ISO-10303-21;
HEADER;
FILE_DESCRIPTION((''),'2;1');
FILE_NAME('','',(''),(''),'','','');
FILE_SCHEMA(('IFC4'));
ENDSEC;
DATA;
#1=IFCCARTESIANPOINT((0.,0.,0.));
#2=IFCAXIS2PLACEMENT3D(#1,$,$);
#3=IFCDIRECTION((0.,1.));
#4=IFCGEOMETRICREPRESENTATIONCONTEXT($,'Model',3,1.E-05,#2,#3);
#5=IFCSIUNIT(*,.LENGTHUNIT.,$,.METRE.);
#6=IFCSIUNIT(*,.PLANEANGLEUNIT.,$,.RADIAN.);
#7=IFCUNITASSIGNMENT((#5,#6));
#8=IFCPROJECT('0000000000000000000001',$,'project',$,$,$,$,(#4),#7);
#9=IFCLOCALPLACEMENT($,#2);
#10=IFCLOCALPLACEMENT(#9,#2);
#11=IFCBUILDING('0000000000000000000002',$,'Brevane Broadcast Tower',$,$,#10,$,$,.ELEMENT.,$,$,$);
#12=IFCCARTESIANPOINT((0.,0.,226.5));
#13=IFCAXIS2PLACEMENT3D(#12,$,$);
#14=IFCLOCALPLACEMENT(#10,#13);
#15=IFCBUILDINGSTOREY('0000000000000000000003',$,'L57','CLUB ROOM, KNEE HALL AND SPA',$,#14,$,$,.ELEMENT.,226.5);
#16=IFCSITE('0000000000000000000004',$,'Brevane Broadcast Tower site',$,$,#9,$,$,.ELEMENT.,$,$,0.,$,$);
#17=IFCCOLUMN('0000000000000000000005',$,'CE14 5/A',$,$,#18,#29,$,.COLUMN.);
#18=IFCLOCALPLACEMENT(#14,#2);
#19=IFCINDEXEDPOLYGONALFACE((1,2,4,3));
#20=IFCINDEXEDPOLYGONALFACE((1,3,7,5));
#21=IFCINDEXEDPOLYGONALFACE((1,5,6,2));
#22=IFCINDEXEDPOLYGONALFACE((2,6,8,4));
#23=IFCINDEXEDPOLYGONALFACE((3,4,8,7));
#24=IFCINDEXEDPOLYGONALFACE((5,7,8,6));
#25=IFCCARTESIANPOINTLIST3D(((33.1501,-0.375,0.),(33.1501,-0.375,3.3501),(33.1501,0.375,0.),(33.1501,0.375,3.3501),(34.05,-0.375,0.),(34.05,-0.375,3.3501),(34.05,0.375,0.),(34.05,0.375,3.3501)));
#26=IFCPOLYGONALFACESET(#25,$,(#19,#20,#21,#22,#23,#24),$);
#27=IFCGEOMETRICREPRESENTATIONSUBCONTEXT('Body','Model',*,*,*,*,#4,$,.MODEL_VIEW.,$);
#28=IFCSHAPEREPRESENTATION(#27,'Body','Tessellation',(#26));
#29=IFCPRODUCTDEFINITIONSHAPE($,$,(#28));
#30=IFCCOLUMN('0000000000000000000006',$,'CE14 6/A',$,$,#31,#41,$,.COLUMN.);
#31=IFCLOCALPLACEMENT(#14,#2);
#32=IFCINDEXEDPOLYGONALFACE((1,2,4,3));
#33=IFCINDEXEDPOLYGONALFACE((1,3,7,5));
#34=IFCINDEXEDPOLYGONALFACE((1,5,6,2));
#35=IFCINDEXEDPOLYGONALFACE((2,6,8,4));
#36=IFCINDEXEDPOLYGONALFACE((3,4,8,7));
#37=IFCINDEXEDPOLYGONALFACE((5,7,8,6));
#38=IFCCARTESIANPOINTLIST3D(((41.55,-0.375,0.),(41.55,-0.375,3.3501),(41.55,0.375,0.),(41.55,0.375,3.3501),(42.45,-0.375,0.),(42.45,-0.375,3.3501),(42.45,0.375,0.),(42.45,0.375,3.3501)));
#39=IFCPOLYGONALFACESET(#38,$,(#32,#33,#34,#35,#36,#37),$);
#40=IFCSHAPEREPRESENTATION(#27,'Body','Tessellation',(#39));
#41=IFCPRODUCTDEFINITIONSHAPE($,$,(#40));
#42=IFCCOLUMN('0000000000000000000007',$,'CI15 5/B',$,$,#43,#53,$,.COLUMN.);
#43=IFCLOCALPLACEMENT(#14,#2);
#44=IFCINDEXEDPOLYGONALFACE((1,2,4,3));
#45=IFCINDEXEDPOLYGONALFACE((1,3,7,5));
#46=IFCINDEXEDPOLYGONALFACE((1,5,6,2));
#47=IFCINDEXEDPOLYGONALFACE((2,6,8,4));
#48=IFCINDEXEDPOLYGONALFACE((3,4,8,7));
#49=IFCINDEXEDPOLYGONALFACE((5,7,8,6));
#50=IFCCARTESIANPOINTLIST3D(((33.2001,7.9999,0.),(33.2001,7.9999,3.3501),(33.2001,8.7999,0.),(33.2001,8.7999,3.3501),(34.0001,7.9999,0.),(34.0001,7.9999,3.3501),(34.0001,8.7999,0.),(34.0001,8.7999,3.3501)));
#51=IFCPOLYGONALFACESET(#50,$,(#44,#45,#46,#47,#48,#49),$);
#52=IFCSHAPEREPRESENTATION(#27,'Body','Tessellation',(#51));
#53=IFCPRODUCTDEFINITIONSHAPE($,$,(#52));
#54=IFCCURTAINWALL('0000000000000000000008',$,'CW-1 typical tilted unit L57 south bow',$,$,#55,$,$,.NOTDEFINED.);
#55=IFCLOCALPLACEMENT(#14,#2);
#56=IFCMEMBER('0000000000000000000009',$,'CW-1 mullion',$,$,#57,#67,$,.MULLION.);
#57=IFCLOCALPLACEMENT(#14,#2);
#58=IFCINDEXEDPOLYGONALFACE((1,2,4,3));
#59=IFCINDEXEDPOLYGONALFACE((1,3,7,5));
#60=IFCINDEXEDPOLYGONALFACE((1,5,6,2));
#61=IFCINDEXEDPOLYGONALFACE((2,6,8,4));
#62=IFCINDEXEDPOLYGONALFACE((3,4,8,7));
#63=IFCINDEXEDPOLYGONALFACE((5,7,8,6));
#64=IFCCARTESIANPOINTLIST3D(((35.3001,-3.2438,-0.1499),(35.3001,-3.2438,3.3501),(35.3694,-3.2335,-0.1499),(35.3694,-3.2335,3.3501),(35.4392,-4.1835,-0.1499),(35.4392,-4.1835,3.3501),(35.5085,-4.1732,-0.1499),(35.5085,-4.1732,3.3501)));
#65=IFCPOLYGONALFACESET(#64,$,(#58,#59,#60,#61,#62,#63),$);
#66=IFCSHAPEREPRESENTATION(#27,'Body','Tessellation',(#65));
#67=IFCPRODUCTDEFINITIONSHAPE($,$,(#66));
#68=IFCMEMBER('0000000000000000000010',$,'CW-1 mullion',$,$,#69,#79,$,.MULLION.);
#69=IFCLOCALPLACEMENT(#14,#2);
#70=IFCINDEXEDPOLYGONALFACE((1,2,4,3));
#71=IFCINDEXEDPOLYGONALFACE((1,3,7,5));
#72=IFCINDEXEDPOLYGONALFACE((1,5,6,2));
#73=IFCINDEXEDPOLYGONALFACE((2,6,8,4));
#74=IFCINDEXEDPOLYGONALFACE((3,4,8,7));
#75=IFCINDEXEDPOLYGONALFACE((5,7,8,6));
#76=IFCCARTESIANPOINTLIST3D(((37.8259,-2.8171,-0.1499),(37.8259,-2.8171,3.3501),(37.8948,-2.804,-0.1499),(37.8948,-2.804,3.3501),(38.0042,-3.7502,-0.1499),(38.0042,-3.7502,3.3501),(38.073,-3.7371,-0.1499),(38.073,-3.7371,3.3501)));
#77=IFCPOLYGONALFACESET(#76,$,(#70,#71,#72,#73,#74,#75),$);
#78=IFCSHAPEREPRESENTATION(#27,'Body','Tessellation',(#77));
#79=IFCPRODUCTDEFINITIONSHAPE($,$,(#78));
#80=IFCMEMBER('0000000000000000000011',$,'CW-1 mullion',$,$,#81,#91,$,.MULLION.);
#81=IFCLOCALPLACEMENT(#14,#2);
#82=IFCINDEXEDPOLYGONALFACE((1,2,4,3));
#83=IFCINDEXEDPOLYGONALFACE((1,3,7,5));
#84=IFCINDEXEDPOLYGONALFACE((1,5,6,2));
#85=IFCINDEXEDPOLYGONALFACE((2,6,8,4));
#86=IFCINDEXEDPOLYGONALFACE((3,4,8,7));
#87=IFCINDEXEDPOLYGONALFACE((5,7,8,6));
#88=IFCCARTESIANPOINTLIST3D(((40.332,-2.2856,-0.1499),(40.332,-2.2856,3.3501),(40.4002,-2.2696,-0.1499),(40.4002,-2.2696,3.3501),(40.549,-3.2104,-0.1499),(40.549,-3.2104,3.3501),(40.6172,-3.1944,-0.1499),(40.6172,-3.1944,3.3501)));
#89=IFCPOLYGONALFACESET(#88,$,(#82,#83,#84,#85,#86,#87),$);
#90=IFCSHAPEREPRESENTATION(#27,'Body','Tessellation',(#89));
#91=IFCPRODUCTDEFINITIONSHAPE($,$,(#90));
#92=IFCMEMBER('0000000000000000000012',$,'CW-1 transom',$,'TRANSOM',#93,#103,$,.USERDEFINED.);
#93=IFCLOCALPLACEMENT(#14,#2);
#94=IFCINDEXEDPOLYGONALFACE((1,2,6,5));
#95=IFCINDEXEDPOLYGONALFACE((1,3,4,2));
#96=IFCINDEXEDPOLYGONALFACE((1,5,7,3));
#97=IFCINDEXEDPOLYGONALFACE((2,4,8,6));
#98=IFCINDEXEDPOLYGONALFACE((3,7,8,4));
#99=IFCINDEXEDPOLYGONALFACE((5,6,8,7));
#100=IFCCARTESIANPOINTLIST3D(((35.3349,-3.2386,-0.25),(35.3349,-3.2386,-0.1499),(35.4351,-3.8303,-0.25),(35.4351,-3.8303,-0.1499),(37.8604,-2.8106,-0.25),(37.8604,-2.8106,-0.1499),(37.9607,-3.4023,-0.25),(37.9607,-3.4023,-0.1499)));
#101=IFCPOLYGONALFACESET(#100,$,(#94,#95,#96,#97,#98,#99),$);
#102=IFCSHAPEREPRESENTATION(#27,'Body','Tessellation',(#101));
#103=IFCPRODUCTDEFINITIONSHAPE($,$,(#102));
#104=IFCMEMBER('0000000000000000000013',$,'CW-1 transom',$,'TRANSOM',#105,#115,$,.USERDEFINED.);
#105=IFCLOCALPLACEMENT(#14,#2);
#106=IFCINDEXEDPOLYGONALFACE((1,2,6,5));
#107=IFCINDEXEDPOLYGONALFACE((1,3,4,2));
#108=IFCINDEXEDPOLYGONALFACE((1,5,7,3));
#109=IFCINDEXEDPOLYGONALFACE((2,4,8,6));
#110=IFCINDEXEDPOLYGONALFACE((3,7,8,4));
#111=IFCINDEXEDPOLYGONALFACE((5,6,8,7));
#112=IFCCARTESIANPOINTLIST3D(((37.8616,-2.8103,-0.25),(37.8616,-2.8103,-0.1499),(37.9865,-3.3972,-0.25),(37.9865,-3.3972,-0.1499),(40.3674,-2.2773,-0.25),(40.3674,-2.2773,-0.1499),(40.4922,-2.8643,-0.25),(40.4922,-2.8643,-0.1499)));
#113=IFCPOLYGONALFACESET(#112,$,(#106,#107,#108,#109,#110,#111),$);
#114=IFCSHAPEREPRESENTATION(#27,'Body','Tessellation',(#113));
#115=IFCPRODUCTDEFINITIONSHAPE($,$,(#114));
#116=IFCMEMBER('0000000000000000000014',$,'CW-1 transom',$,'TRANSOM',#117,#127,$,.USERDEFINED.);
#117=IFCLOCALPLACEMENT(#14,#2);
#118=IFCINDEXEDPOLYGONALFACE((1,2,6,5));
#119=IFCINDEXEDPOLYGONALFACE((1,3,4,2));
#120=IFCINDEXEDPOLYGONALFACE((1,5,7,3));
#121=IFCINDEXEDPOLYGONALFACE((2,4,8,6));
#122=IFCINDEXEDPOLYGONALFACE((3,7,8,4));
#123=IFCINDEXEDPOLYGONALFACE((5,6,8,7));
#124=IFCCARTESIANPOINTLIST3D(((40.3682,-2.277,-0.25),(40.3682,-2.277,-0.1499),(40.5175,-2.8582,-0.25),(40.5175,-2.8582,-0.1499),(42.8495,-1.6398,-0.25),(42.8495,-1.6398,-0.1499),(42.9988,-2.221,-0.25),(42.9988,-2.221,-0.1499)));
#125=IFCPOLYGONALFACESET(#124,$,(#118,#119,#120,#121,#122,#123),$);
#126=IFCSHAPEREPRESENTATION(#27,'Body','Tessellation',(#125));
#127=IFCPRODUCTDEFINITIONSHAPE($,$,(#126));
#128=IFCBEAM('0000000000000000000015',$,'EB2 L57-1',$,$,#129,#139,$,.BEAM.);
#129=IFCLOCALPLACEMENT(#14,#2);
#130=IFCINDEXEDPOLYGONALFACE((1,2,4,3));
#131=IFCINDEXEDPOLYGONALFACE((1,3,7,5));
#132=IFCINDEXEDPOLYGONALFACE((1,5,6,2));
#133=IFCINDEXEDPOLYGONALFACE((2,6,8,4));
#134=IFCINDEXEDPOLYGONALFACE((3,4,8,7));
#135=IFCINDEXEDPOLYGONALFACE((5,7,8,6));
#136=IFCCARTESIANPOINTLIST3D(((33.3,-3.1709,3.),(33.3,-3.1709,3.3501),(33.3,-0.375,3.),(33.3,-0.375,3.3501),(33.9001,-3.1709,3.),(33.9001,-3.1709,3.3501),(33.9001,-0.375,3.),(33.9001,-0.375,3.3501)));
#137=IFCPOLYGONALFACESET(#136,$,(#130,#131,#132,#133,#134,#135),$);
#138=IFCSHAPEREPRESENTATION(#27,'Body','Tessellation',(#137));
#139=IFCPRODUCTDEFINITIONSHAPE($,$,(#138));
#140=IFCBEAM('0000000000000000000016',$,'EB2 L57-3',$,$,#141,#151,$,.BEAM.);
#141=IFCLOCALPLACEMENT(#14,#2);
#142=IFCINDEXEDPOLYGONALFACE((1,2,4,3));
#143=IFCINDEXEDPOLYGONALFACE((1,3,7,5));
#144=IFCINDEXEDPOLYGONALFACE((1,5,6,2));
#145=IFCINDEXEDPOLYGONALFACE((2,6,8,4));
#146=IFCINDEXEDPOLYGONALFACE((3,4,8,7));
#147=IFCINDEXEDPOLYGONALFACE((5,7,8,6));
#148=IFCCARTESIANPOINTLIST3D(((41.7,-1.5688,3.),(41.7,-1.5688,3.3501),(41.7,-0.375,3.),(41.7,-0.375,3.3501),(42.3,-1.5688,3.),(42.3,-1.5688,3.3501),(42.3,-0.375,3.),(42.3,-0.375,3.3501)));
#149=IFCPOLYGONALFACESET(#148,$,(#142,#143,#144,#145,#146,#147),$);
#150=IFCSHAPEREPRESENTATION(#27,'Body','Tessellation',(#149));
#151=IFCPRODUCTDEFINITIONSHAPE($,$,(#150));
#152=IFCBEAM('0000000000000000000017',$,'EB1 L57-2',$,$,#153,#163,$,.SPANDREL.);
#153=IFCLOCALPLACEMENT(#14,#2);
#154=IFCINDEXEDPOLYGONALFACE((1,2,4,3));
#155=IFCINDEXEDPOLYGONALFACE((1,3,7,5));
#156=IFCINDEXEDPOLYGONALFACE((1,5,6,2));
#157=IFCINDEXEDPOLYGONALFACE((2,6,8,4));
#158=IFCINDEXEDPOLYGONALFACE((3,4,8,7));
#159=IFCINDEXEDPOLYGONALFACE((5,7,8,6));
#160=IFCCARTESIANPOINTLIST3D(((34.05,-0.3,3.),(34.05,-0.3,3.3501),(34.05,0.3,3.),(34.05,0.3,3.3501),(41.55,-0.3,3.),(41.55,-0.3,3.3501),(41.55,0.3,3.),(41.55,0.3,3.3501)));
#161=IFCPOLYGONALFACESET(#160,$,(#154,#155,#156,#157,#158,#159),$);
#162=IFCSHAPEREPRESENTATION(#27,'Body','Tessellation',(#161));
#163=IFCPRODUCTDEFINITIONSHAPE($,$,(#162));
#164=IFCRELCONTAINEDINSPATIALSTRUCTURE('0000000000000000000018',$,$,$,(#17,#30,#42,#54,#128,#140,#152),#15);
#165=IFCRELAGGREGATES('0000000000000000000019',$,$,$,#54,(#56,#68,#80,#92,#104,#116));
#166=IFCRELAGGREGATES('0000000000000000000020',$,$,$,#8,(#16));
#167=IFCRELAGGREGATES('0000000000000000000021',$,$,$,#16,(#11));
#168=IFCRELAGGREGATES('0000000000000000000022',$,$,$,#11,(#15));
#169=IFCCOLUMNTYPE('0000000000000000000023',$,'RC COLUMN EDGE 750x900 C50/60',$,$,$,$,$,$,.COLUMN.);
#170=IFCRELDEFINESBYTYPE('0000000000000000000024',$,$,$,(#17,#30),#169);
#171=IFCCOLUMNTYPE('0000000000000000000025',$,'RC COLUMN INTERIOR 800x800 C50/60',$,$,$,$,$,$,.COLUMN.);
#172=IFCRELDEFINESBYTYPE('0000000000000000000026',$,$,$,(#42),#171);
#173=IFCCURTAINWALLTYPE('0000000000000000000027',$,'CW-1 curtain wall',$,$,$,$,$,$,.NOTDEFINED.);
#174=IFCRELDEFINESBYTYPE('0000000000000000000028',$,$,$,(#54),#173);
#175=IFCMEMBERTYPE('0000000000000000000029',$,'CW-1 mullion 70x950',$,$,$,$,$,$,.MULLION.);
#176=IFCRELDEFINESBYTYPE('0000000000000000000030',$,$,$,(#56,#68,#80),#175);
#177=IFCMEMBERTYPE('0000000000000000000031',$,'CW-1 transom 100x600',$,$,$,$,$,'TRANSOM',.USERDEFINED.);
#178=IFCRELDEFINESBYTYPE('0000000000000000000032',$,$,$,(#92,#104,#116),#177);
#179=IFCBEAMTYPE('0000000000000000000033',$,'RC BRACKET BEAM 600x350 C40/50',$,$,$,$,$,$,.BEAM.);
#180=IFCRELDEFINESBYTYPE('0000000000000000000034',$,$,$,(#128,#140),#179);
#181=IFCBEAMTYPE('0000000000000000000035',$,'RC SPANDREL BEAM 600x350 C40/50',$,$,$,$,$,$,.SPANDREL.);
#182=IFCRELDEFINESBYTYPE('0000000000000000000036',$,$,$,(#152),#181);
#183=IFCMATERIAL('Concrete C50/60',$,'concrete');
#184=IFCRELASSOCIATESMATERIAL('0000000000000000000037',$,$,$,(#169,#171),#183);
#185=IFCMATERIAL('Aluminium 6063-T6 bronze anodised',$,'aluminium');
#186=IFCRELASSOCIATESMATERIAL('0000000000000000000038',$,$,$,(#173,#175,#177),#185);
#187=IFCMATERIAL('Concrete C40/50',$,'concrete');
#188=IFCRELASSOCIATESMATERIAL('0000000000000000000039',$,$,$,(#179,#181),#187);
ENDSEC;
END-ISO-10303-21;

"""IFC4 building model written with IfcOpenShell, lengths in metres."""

from ifc_helpers import new_model, si_unit, direction, frame, origin, origin_2d, place, context, subcontext, project, spatial, rectangle, extrude, material, material_profile, profile_set, type_object, element, aggregate, save


model = new_model("IFC4")

# Units and contexts
model_context = context("Model", 3, precision=1e-05, world=origin(), true_north=direction((0.0, 1.0)))
body_context = subcontext(model_context, "Body", "Model", "MODEL_VIEW")
ifc_project = project(units=[si_unit("LENGTHUNIT", "METRE"), si_unit("PLANEANGLEUNIT", "RADIAN")], contexts=[model_context])

# Site, building, storey
site_placement = place(None, origin())
site = spatial("IfcSite", under=ifc_project, at=site_placement, Name="Brevane Broadcast Tower site", CompositionType="ELEMENT", RefElevation=0.0)
building_placement = place(site_placement, origin())
building = spatial("IfcBuilding", under=site, at=building_placement, Name="Brevane Broadcast Tower", CompositionType="ELEMENT")
storey_placement = place(building_placement, frame((0.0, 0.0, 226.5)))
storey = spatial("IfcBuildingStorey", under=building, at=storey_placement, Name="L57", Description="CLUB ROOM, KNEE HALL AND SPA", CompositionType="ELEMENT", Elevation=226.5)

# Columns
ifc_material_1 = material(Name="Concrete C50/60", Category="concrete")
ifc_material_profile_1 = material_profile(ifc_material_1, rectangle(XDim=0.75, YDim=0.8999, at=origin_2d()), Name="RC 750x900")
ifc_profile_set_1 = profile_set([ifc_material_profile_1], Name="Concrete C50/60")
column_type_1 = type_object("IfcColumnType", Name="RC COLUMN EDGE 750x900 C50/60", PredefinedType="COLUMN", material=ifc_profile_set_1)
for number, where, z_axis, x_axis, name in (
    (1, (33.6001, 0.0, 0.0), (0.0, 0.0, 1.0), (0.0, 1.0, 0.0), "CE14 5/A"),
    (2, (42.0, 0.0, 0.0), (0.0, 0.0, 1.0), (0.0, 1.0, 0.0), "CE14 6/A"),
):
    element("IfcColumn", number, at=place(storey_placement, frame(where, z_axis=z_axis, x_axis=x_axis)), inside=storey, type_object=column_type_1, Name=name, PredefinedType="COLUMN", context=body_context, shape_type="SweptSolid", body=[
        extrude(rectangle(XDim=0.75, YDim=0.8999, at=origin_2d()), origin(), (0.0, 0.0, 1.0), 3.3501),
    ])
ifc_material_profile_2 = material_profile(ifc_material_1, rectangle(XDim=0.8, YDim=0.8, at=origin_2d()), Name="RC 800x800")
ifc_profile_set_2 = profile_set([ifc_material_profile_2], Name="Concrete C50/60")
column_type_2 = type_object("IfcColumnType", Name="RC COLUMN INTERIOR 800x800 C50/60", PredefinedType="COLUMN", material=ifc_profile_set_2)
column_placement = place(storey_placement, frame((33.6001, 8.3999, 0.0), z_axis=(0.0, 0.0, 1.0), x_axis=(1.0, 0.0, 0.0)))
element("IfcColumn", 3, at=column_placement, inside=storey, type_object=column_type_2, Name="CI15 5/B", PredefinedType="COLUMN", context=body_context, shape_type="SweptSolid", body=[
    extrude(rectangle(XDim=0.8, YDim=0.8, at=origin_2d()), origin(), (0.0, 0.0, 1.0), 3.3501),
])

# Curtain wall, members
ifc_material_2 = material(Name="Aluminium 6063-T6 bronze anodised", Category="aluminium")
curtain_wall_type = type_object("IfcCurtainWallType", Name="CW-1 curtain wall", PredefinedType="NOTDEFINED", material=ifc_material_2)
curtain_wall_placement = place(storey_placement, origin())
curtain_wall = element("IfcCurtainWall", 4, at=curtain_wall_placement, inside=storey, type_object=curtain_wall_type, Name="CW-1 typical tilted unit L57 south bow", PredefinedType="NOTDEFINED")
ifc_material_profile_3 = material_profile(ifc_material_2, rectangle(XDim=0.95, YDim=0.0701, at=origin_2d()), Name="RECT 70x950")
ifc_profile_set_3 = profile_set([ifc_material_profile_3], Name="Aluminium 6063-T6 bronze anodised")
member_type_1 = type_object("IfcMemberType", Name="CW-1 mullion 70x950", PredefinedType="MULLION", material=ifc_profile_set_3)
member_1_placement = place(storey_placement, frame((35.4043, -3.7085, -0.1499), z_axis=(0.0, 0.0, 1.0), x_axis=(-0.146447, 0.989218, 0.0)))
member_1 = element("IfcMember", 5, at=member_1_placement, type_object=member_type_1, Name="CW-1 mullion", PredefinedType="MULLION", context=body_context, shape_type="SweptSolid", body=[
    extrude(rectangle(XDim=0.95, YDim=0.0701, at=origin_2d()), origin(), (0.0, 0.0, 1.0), 3.5),
])
member_2_placement = place(storey_placement, frame((37.9495, -3.2771, -0.1499), z_axis=(0.0, 0.0, 1.0), x_axis=(-0.187621, 0.982242, 0.0)))
member_2 = element("IfcMember", 6, at=member_2_placement, type_object=member_type_1, Name="CW-1 mullion", PredefinedType="MULLION", context=body_context, shape_type="SweptSolid", body=[
    extrude(rectangle(XDim=0.95, YDim=0.0701, at=origin_2d()), origin(), (0.0, 0.0, 1.0), 3.5),
])
member_3_placement = place(storey_placement, frame((40.4746, -2.74, -0.1499), z_axis=(0.0, 0.0, 1.0), x_axis=(-0.228467, 0.973552, 0.0)))
member_3 = element("IfcMember", 7, at=member_3_placement, type_object=member_type_1, Name="CW-1 mullion", PredefinedType="MULLION", context=body_context, shape_type="SweptSolid", body=[
    extrude(rectangle(XDim=0.95, YDim=0.0701, at=origin_2d()), origin(), (0.0, 0.0, 1.0), 3.5),
])
ifc_material_profile_4 = material_profile(ifc_material_2, rectangle(XDim=0.6001, YDim=0.1001, at=origin_2d()), Name="RECT 100x600")
ifc_profile_set_4 = profile_set([ifc_material_profile_4], Name="Aluminium 6063-T6 bronze anodised")
member_type_2 = type_object("IfcMemberType", Name="CW-1 transom 100x600", ElementType="TRANSOM", PredefinedType="USERDEFINED", material=ifc_profile_set_4)
member_4_placement = place(storey_placement, frame((35.385, -3.5344, -0.2), z_axis=(0.985945, 0.167072, 0.0), x_axis=(-0.167072, 0.985945, 0.0)))
member_4 = element("IfcMember", 8, at=member_4_placement, type_object=member_type_2, Name="CW-1 transom", ObjectType="TRANSOM", PredefinedType="USERDEFINED", context=body_context, shape_type="SweptSolid", body=[
    extrude(rectangle(XDim=0.6001, YDim=0.1001, at=origin_2d()), origin(), (0.0, 0.0, 1.0), 2.5615),
])
member_5_placement = place(storey_placement, frame((37.9241, -3.1038, -0.2), z_axis=(0.978118, 0.208051, 0.0), x_axis=(-0.208051, 0.978118, 0.0)))
member_5 = element("IfcMember", 9, at=member_5_placement, type_object=member_type_2, Name="CW-1 transom", ObjectType="TRANSOM", PredefinedType="USERDEFINED", context=body_context, shape_type="SweptSolid", body=[
    extrude(rectangle(XDim=0.6001, YDim=0.1001, at=origin_2d()), origin(), (0.0, 0.0, 1.0), 2.5618),
])
member_6_placement = place(storey_placement, frame((40.4429, -2.5676, -0.2), z_axis=(0.96857, 0.248742, 0.0), x_axis=(-0.248742, 0.96857, 0.0)))
member_6 = element("IfcMember", 10, at=member_6_placement, type_object=member_type_2, Name="CW-1 transom", ObjectType="TRANSOM", PredefinedType="USERDEFINED", context=body_context, shape_type="SweptSolid", body=[
    extrude(rectangle(XDim=0.6001, YDim=0.1001, at=origin_2d()), origin(), (0.0, 0.0, 1.0), 2.5618),
])
aggregate(curtain_wall, [member_1, member_2, member_3, member_4, member_5, member_6])

# Beams
ifc_material_3 = material(Name="Concrete C40/50", Category="concrete")
ifc_material_profile_5 = material_profile(ifc_material_3, rectangle(XDim=0.6001, YDim=0.3501, at=origin_2d()), Name="RC 600x350")
ifc_profile_set_5 = profile_set([ifc_material_profile_5], Name="Concrete C40/50")
beam_type_1 = type_object("IfcBeamType", Name="RC BRACKET BEAM 600x350 C40/50", PredefinedType="BEAM", material=ifc_profile_set_5)
beam_1_placement = place(storey_placement, frame((33.6001, -0.375, 3.175), z_axis=(0.0, -1.0, 0.0), x_axis=(1.0, 0.0, 0.0)))
element("IfcBeam", 11, at=beam_1_placement, inside=storey, type_object=beam_type_1, Name="EB2 L57-1", PredefinedType="BEAM", context=body_context, shape_type="SweptSolid", body=[
    extrude(rectangle(XDim=0.6001, YDim=0.3501, at=origin_2d()), origin(), (0.0, 0.0, 1.0), 2.7959),
])
beam_2_placement = place(storey_placement, frame((42.0, -0.375, 3.175), z_axis=(0.0, -1.0, 0.0), x_axis=(1.0, 0.0, 0.0)))
element("IfcBeam", 12, at=beam_2_placement, inside=storey, type_object=beam_type_1, Name="EB2 L57-3", PredefinedType="BEAM", context=body_context, shape_type="SweptSolid", body=[
    extrude(rectangle(XDim=0.6001, YDim=0.3501, at=origin_2d()), origin(), (0.0, 0.0, 1.0), 1.1938),
])
ifc_material_profile_6 = material_profile(ifc_material_3, rectangle(XDim=0.6001, YDim=0.3501, at=origin_2d()), Name="RC 600x350")
ifc_profile_set_6 = profile_set([ifc_material_profile_6], Name="Concrete C40/50")
beam_type_2 = type_object("IfcBeamType", Name="RC SPANDREL BEAM 600x350 C40/50", PredefinedType="SPANDREL", material=ifc_profile_set_6)
beam_3_placement = place(storey_placement, frame((34.05, 0.0, 3.175), z_axis=(1.0, 0.0, 0.0), x_axis=(0.0, 1.0, 0.0)))
element("IfcBeam", 13, at=beam_3_placement, inside=storey, type_object=beam_type_2, Name="EB1 L57-2", PredefinedType="SPANDREL", context=body_context, shape_type="SweptSolid", body=[
    extrude(rectangle(XDim=0.6001, YDim=0.3501, at=origin_2d()), origin(), (0.0, 0.0, 1.0), 7.5),
])

save(model, "model.ifc")
